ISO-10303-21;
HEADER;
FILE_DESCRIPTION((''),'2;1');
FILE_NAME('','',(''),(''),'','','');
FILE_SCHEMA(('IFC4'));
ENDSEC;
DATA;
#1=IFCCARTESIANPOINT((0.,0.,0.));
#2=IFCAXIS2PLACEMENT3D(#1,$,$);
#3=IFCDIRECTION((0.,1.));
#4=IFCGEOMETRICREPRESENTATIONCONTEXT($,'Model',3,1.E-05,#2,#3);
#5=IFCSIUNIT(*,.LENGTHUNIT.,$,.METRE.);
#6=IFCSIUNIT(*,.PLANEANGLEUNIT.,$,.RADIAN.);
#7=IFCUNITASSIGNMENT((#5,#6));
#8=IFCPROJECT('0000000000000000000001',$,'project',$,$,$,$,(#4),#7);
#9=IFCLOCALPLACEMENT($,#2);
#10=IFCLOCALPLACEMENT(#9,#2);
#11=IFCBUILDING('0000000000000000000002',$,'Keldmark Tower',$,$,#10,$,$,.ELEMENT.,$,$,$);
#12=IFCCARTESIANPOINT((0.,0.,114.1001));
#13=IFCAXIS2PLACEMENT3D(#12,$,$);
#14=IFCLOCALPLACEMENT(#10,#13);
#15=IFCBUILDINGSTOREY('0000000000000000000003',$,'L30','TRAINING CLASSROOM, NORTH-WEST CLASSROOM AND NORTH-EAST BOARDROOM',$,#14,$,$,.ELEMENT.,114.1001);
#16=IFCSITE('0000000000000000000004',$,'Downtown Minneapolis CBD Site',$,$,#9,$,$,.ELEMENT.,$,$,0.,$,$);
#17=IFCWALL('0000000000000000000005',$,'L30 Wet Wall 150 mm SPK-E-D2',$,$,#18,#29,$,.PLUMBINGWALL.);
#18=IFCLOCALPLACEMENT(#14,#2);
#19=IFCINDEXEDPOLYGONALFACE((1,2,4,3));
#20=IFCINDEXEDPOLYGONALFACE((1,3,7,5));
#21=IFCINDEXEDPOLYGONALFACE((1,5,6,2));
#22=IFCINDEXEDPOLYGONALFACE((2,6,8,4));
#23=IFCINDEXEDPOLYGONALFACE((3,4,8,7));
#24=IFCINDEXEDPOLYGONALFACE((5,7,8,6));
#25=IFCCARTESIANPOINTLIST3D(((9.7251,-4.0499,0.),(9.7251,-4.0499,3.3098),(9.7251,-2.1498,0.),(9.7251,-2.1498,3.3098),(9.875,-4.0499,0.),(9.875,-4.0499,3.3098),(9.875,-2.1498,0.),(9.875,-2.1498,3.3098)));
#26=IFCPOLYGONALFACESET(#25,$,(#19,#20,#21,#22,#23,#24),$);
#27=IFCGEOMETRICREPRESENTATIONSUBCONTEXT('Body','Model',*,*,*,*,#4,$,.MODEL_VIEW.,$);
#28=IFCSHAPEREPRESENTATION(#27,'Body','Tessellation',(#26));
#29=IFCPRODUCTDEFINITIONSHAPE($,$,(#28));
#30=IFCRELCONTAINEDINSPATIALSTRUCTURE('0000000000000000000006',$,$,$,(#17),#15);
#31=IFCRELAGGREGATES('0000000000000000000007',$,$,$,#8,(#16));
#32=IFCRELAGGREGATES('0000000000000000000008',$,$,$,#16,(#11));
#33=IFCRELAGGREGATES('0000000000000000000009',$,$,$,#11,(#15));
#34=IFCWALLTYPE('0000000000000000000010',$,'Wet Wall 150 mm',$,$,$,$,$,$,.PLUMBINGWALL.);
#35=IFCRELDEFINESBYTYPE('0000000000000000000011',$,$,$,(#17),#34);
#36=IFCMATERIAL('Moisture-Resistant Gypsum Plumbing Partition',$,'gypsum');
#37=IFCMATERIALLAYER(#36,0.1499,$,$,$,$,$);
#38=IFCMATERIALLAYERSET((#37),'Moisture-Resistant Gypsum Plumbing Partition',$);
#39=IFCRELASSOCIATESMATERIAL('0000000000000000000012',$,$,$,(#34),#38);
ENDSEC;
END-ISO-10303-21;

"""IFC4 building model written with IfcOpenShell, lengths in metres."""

from ifc_helpers import new_model, si_unit, direction, frame, frame_2d, origin, place, context, subcontext, project, spatial, rectangle, extrude, material, layer, layer_set, type_object, element, save


model = new_model("IFC4")

# Units and contexts
model_context = context("Model", 3, precision=1e-05, world=origin(), true_north=direction((0.0, 1.0)))
body_context = subcontext(model_context, "Body", "Model", "MODEL_VIEW")
ifc_project = project(units=[si_unit("LENGTHUNIT", "METRE"), si_unit("PLANEANGLEUNIT", "RADIAN")], contexts=[model_context])

# Site, building, storey
site_placement = place(None, origin())
site = spatial("IfcSite", under=ifc_project, at=site_placement, Name="Downtown Minneapolis CBD Site", CompositionType="ELEMENT", RefElevation=0.0)
building_placement = place(site_placement, origin())
building = spatial("IfcBuilding", under=site, at=building_placement, Name="Keldmark Tower", CompositionType="ELEMENT")
storey_placement = place(building_placement, frame((0.0, 0.0, 114.1001)))
storey = spatial("IfcBuildingStorey", under=building, at=storey_placement, Name="L30", Description="TRAINING CLASSROOM, NORTH-WEST CLASSROOM AND NORTH-EAST BOARDROOM", CompositionType="ELEMENT", Elevation=114.1001)

# Wall
ifc_material_1 = material(Name="Moisture-Resistant Gypsum Plumbing Partition", Category="gypsum")
ifc_layer_1 = layer(ifc_material_1, 0.1499)
ifc_layer_set_1 = layer_set([ifc_layer_1], Name="Moisture-Resistant Gypsum Plumbing Partition")
wall_type_1 = type_object("IfcWallType", Name="Wet Wall 150 mm", PredefinedType="PLUMBINGWALL", material=ifc_layer_set_1)
wall_1_placement = place(storey_placement, frame((9.8, -4.05, 0.0), z_axis=(0.0, 0.0, 1.0), x_axis=(0.0, 1.0, 0.0)))
element("IfcWall", 1, at=wall_1_placement, inside=storey, type_object=wall_type_1, Name="L30 Wet Wall 150 mm SPK-E-D2", PredefinedType="PLUMBINGWALL", context=body_context, shape_type="SweptSolid", body=[
    extrude(rectangle(XDim=1.9001, YDim=0.1499, at=frame_2d((0.9502, 0.0))), origin(), (0.0, 0.0, 1.0), 3.3098),
])

save(model, "model.ifc")
